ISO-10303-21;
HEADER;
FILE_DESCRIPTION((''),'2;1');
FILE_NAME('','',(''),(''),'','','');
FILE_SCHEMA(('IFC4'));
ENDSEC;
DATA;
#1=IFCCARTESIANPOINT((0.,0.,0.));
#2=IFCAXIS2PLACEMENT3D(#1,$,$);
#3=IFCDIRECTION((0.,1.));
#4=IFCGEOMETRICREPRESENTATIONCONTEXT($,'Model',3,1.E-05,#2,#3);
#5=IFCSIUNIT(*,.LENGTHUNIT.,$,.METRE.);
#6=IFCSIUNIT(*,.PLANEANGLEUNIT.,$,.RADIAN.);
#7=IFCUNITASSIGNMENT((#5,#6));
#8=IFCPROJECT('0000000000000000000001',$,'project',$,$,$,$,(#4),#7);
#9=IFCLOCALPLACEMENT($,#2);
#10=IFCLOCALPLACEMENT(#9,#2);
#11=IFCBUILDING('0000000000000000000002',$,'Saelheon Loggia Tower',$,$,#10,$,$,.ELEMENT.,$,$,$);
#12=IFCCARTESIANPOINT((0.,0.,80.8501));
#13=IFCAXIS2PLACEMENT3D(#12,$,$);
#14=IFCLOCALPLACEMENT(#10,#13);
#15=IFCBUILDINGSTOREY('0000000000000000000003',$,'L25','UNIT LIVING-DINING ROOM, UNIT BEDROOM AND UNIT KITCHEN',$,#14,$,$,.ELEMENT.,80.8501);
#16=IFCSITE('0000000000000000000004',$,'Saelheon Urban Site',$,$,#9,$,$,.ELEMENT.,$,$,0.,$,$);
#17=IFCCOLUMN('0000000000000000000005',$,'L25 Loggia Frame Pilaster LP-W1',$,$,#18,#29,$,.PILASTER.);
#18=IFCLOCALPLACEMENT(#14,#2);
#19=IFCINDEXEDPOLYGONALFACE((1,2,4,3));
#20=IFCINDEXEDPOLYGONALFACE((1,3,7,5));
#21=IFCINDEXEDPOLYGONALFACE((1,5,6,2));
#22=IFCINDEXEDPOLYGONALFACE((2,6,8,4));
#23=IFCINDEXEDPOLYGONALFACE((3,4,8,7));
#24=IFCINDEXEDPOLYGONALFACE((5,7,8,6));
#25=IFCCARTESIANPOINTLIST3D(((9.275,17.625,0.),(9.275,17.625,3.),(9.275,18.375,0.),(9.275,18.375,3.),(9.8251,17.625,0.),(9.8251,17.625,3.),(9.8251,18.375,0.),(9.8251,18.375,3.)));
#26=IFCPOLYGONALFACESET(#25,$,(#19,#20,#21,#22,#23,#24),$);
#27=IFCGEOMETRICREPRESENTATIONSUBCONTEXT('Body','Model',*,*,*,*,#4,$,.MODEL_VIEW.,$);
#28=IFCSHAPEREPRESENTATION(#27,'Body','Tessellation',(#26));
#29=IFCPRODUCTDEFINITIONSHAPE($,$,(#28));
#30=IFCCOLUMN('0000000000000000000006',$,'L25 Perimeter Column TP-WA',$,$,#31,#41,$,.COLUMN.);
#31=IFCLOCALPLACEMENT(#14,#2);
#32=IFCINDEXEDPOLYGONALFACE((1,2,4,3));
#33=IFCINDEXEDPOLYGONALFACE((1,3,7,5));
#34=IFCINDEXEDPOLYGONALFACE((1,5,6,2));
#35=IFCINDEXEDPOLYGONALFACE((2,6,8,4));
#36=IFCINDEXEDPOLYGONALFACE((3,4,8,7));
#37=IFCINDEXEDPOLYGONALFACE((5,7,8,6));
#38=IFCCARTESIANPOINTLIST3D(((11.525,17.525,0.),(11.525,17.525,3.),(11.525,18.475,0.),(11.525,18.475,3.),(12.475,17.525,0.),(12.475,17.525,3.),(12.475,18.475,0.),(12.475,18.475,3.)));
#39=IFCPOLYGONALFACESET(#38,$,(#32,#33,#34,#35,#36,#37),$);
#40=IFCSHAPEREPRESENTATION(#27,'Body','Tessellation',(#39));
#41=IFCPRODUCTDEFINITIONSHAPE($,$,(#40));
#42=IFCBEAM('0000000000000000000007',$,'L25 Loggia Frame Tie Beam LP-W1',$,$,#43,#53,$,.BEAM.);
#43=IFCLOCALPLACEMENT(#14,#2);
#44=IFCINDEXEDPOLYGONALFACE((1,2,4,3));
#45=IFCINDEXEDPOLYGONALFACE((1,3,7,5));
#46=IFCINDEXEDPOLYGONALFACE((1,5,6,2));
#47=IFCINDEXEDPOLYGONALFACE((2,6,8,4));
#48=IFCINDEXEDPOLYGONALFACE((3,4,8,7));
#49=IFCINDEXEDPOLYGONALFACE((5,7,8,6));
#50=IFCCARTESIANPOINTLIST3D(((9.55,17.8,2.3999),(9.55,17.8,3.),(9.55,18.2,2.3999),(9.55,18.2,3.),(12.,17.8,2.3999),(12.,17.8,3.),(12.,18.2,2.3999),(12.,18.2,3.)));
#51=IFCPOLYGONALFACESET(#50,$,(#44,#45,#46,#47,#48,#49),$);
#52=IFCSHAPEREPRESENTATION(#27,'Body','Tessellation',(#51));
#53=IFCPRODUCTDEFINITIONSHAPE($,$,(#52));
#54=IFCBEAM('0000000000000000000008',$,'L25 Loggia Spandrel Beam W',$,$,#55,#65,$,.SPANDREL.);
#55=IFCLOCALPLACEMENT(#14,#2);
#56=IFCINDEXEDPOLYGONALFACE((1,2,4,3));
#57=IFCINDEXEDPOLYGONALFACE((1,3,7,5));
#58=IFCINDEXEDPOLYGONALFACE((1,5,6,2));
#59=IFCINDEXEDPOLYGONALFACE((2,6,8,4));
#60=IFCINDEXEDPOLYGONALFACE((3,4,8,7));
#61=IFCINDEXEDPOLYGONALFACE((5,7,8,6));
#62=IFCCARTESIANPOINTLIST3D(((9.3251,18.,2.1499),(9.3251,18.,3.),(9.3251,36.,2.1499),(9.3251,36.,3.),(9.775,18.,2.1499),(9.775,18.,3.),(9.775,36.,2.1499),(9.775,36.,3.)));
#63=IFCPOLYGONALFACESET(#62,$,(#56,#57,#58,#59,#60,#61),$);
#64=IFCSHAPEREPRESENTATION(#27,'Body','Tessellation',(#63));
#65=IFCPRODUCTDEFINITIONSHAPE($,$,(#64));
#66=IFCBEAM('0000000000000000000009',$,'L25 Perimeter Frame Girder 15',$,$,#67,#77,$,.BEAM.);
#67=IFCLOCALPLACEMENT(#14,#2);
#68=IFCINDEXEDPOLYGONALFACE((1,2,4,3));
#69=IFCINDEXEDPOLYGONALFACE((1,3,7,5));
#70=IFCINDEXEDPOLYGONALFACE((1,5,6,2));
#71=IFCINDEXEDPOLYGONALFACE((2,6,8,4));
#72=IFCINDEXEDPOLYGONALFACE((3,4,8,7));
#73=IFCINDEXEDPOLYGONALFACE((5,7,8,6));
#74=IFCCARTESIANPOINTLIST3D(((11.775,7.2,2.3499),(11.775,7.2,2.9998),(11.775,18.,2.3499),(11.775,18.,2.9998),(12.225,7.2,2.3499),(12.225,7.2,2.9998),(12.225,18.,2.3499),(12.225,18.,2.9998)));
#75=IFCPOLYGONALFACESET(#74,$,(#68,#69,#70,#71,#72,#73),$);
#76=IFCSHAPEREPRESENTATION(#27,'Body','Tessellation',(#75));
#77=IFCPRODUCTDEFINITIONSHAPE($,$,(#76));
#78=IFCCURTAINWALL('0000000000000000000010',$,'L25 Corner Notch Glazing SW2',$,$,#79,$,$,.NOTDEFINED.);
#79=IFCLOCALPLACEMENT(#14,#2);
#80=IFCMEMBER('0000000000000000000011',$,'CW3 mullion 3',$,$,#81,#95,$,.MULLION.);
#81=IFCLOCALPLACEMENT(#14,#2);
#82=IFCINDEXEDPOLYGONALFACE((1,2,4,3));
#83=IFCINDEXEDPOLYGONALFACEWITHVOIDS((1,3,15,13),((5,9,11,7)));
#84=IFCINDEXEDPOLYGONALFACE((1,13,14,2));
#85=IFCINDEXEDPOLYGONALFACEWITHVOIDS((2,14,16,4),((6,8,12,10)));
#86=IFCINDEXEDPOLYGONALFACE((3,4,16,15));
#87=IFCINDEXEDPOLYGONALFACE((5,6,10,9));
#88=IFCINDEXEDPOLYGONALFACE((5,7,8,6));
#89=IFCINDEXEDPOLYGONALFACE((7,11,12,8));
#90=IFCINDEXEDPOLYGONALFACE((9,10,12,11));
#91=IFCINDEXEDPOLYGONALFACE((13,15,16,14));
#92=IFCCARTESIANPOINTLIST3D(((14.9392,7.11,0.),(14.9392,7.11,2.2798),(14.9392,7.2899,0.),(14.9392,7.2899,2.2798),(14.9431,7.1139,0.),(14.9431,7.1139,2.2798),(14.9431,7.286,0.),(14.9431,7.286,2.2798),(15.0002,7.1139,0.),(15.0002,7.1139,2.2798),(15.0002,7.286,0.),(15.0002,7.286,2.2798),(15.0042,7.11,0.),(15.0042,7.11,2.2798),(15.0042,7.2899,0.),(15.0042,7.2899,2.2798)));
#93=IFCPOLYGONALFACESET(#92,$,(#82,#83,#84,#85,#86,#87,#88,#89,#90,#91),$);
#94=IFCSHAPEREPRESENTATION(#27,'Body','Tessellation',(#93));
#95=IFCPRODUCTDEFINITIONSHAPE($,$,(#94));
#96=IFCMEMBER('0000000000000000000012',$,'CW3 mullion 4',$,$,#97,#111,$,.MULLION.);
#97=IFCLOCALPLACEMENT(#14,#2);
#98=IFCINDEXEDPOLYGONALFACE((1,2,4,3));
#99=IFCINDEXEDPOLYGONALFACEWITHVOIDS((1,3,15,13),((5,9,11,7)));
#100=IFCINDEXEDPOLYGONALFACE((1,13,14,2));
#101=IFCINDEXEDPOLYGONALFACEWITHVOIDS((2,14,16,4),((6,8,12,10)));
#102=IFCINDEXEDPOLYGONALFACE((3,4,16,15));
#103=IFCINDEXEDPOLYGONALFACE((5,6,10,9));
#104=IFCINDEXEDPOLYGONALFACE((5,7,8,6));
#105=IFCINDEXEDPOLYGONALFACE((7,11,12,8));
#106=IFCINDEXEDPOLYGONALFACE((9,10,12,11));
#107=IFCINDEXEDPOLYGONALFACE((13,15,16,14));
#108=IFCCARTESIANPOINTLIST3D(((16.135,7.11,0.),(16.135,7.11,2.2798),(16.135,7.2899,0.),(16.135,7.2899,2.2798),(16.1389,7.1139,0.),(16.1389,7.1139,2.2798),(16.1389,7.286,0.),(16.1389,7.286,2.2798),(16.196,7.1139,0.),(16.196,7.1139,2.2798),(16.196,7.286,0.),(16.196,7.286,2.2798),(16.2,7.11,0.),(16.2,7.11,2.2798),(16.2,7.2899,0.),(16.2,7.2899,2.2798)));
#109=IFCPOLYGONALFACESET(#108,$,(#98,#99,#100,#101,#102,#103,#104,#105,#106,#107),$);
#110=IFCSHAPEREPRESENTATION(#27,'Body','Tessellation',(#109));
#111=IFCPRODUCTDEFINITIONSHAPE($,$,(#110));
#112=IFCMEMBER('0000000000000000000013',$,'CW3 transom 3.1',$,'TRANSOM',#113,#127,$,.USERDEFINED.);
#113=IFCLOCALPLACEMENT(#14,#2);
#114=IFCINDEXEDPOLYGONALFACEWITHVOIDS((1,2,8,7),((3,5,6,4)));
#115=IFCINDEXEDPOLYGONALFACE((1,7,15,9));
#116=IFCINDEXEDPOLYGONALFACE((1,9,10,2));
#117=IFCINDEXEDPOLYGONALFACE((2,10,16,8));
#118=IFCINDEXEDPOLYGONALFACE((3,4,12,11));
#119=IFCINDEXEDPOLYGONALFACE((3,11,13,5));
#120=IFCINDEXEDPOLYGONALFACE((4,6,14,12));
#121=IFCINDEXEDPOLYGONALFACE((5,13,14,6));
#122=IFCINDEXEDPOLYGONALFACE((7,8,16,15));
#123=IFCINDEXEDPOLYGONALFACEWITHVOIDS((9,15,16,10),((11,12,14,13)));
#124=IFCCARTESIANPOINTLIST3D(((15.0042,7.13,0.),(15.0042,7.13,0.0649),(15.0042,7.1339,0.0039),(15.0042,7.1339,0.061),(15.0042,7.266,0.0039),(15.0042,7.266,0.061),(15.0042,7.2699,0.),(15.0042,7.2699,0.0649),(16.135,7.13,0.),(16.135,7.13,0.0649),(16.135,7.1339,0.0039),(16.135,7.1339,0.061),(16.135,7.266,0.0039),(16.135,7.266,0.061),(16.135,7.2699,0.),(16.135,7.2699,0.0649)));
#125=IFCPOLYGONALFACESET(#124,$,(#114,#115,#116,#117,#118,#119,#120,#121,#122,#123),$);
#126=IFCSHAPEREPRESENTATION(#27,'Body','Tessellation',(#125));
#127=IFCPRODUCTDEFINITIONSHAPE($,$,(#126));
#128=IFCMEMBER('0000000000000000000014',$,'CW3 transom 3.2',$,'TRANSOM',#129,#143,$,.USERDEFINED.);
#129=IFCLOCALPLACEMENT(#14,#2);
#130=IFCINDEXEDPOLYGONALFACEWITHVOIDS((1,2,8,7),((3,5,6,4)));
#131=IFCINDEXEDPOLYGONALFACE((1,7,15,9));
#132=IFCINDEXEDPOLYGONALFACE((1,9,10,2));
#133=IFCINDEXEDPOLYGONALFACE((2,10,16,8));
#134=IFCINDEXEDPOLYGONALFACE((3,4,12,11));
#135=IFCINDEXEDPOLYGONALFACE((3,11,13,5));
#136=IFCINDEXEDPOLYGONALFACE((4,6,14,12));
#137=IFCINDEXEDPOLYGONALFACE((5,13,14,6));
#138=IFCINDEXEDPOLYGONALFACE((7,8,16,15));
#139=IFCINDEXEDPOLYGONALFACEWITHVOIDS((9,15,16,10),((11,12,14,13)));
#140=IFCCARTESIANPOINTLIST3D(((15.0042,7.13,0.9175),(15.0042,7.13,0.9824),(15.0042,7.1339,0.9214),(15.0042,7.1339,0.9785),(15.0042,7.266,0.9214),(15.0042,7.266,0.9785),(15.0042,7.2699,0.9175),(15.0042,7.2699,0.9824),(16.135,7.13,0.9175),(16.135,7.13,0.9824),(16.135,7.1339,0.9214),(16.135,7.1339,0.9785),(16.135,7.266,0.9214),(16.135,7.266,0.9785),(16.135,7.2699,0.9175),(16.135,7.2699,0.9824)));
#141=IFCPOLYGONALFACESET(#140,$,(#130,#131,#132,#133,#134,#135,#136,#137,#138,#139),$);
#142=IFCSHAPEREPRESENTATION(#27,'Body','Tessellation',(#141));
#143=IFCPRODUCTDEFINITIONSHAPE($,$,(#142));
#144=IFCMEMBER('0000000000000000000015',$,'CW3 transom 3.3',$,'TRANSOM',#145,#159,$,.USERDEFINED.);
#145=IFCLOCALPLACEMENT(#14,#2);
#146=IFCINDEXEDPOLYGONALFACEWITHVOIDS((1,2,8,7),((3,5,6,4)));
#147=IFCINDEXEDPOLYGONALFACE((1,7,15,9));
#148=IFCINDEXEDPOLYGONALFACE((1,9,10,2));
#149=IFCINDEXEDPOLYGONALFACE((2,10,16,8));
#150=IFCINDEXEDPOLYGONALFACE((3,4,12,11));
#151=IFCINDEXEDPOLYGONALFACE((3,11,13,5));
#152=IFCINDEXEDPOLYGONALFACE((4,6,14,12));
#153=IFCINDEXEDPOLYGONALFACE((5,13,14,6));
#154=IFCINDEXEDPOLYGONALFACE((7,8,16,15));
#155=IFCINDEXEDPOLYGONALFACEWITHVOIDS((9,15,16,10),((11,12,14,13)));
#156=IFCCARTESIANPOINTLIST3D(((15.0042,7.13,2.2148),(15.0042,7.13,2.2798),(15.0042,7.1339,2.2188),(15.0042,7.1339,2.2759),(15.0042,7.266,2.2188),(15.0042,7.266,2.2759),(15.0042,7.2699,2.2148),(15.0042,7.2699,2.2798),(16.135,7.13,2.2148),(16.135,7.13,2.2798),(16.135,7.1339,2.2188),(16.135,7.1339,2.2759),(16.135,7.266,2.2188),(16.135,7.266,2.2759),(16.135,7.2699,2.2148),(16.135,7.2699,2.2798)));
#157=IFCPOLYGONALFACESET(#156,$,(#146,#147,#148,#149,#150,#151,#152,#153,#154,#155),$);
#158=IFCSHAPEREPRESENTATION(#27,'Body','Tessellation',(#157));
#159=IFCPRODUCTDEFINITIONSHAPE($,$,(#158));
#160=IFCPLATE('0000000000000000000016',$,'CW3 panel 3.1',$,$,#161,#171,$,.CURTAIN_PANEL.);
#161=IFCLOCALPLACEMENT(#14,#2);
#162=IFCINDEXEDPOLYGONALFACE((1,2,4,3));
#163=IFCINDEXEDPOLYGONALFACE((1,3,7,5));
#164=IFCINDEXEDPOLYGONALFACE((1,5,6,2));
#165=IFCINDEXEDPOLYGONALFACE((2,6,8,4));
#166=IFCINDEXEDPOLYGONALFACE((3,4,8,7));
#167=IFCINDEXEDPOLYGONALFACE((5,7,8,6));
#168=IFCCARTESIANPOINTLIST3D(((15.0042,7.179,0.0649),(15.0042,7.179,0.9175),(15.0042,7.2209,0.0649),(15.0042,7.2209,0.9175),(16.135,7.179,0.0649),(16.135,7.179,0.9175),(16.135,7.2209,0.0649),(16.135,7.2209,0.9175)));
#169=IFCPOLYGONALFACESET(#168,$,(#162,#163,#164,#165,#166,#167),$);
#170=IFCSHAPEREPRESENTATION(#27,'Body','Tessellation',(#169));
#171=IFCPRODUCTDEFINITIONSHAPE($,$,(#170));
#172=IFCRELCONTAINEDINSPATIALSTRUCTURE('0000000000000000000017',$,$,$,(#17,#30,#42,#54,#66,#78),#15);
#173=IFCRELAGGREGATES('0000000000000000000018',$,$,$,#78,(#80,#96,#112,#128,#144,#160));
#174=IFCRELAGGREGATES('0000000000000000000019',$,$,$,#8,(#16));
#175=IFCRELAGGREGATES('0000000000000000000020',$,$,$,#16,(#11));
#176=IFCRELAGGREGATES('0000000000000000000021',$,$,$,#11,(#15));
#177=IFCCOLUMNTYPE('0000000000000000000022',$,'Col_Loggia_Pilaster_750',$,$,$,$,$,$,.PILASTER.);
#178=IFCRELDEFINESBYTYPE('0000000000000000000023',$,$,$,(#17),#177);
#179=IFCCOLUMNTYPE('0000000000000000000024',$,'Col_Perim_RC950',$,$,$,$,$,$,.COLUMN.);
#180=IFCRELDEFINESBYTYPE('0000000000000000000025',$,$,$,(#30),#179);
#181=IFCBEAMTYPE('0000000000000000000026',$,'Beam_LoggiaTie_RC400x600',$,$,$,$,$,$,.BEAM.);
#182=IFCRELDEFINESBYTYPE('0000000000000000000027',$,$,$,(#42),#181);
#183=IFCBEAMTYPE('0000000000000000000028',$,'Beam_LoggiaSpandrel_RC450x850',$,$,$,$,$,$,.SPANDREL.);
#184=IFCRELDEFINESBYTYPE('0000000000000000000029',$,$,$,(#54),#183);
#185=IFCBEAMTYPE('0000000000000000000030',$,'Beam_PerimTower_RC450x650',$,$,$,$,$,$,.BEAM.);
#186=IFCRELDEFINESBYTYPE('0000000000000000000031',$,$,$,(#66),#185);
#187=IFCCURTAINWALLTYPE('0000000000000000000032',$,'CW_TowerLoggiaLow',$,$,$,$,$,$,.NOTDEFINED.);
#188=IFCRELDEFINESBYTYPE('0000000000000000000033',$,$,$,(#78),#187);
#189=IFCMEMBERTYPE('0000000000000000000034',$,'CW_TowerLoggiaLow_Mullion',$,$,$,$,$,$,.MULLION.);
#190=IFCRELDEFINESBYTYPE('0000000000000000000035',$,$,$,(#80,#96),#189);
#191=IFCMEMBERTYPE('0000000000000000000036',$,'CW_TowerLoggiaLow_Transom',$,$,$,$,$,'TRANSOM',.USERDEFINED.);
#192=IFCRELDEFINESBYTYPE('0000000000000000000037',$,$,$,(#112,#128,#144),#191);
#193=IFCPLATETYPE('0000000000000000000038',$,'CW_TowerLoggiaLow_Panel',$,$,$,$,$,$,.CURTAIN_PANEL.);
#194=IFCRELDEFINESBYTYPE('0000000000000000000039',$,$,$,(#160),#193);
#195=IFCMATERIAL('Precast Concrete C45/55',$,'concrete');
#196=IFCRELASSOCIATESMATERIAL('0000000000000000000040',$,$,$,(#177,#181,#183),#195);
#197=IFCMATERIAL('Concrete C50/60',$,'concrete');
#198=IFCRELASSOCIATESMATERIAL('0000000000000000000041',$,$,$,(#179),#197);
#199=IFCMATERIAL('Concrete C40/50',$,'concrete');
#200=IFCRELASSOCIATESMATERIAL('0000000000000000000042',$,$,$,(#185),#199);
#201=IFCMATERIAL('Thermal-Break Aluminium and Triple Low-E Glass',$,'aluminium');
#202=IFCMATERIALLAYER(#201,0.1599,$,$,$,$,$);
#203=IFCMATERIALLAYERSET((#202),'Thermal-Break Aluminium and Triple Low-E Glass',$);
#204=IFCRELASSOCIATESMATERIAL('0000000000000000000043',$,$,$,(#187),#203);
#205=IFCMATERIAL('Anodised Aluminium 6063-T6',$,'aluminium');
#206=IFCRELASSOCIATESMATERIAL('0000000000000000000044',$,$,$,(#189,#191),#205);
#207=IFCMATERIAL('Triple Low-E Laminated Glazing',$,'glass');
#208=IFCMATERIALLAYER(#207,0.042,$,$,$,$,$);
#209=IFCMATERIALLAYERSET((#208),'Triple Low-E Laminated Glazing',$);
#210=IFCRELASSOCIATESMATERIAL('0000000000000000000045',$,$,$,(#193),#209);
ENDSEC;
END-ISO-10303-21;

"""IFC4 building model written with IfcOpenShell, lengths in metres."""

from ifc_helpers import new_model, si_unit, direction, frame, origin, origin_2d, place, context, subcontext, project, spatial, rectangle, hollow_rectangle, extrude, source, transform, mapped, material, layer, layer_set, material_profile, profile_set, type_object, element, aggregate, save


model = new_model("IFC4")

# Units and contexts
model_context = context("Model", 3, precision=1e-05, world=origin(), true_north=direction((0.0, 1.0)))
body_context = subcontext(model_context, "Body", "Model", "MODEL_VIEW")
ifc_project = project(units=[si_unit("LENGTHUNIT", "METRE"), si_unit("PLANEANGLEUNIT", "RADIAN")], contexts=[model_context])

# Site, building, storey
site_placement = place(None, origin())
site = spatial("IfcSite", under=ifc_project, at=site_placement, Name="Saelheon Urban Site", CompositionType="ELEMENT", RefElevation=0.0)
building_placement = place(site_placement, origin())
building = spatial("IfcBuilding", under=site, at=building_placement, Name="Saelheon Loggia Tower", CompositionType="ELEMENT")
storey_placement = place(building_placement, frame((0.0, 0.0, 80.8501)))
storey = spatial("IfcBuildingStorey", under=building, at=storey_placement, Name="L25", Description="UNIT LIVING-DINING ROOM, UNIT BEDROOM AND UNIT KITCHEN", CompositionType="ELEMENT", Elevation=80.8501)

# Columns
ifc_material_1 = material(Name="Precast Concrete C45/55", Category="concrete")
ifc_material_profile_1 = material_profile(ifc_material_1, rectangle(XDim=0.55, YDim=0.75, at=origin_2d()), Name="RC-550x750")
ifc_profile_set_1 = profile_set([ifc_material_profile_1], Name="Precast Concrete C45/55")
column_type_1 = type_object("IfcColumnType", Name="Col_Loggia_Pilaster_750", PredefinedType="PILASTER", material=ifc_profile_set_1)
shared_shape_1 = source(origin(), body_context, "Body", "SweptSolid", [
    extrude(rectangle(XDim=0.55, YDim=0.75, at=origin_2d()), origin(), (0.0, 0.0, 1.0), 3.0),
])
column_1_placement = place(storey_placement, frame((9.55, 18.0, 0.0), z_axis=(0.0, 0.0, 1.0), x_axis=(1.0, 0.0, 0.0)))
element("IfcColumn", 1, at=column_1_placement, inside=storey, type_object=column_type_1, Name="L25 Loggia Frame Pilaster LP-W1", PredefinedType="PILASTER", context=body_context, shape_type="MappedRepresentation", body=[
    mapped(shared_shape_1, transform((0.0, 0.0, 0.0), scale=1.0)),
])
ifc_material_2 = material(Name="Concrete C50/60", Category="concrete")
ifc_material_profile_2 = material_profile(ifc_material_2, rectangle(XDim=0.95, YDim=0.95, at=origin_2d()), Name="RC-950x950")
ifc_profile_set_2 = profile_set([ifc_material_profile_2], Name="Concrete C50/60")
column_type_2 = type_object("IfcColumnType", Name="Col_Perim_RC950", PredefinedType="COLUMN", material=ifc_profile_set_2)
shared_shape_2 = source(origin(), body_context, "Body", "SweptSolid", [
    extrude(rectangle(XDim=0.95, YDim=0.95, at=origin_2d()), origin(), (0.0, 0.0, 1.0), 3.0),
])
column_2_placement = place(storey_placement, frame((12.0, 18.0, 0.0), z_axis=(0.0, 0.0, 1.0), x_axis=(1.0, 0.0, 0.0)))
element("IfcColumn", 2, at=column_2_placement, inside=storey, type_object=column_type_2, Name="L25 Perimeter Column TP-WA", PredefinedType="COLUMN", context=body_context, shape_type="MappedRepresentation", body=[
    mapped(shared_shape_2, transform((0.0, 0.0, 0.0), scale=1.0)),
])

# Beams
ifc_material_profile_3 = material_profile(ifc_material_1, rectangle(XDim=0.3999, YDim=0.6001, at=origin_2d()), Name="RC-400x600")
ifc_profile_set_3 = profile_set([ifc_material_profile_3], Name="Precast Concrete C45/55")
beam_type_1 = type_object("IfcBeamType", Name="Beam_LoggiaTie_RC400x600", PredefinedType="BEAM", material=ifc_profile_set_3)
shared_shape_3 = source(origin(), body_context, "Body", "SweptSolid", [
    extrude(rectangle(XDim=0.3999, YDim=0.6001, at=origin_2d()), origin(), (0.0, 0.0, 1.0), 2.45),
])
beam_1_placement = place(storey_placement, frame((12.0, 18.0, 2.7), z_axis=(-1.0, 0.0, 0.0), x_axis=(0.0, -1.0, 0.0)))
element("IfcBeam", 3, at=beam_1_placement, inside=storey, type_object=beam_type_1, Name="L25 Loggia Frame Tie Beam LP-W1", PredefinedType="BEAM", context=body_context, shape_type="MappedRepresentation", body=[
    mapped(shared_shape_3, transform((0.0, 0.0, 0.0), scale=1.0)),
])
ifc_material_profile_4 = material_profile(ifc_material_1, rectangle(XDim=0.45, YDim=0.8501, at=origin_2d()), Name="RC-450x850")
ifc_profile_set_4 = profile_set([ifc_material_profile_4], Name="Precast Concrete C45/55")
beam_type_2 = type_object("IfcBeamType", Name="Beam_LoggiaSpandrel_RC450x850", PredefinedType="SPANDREL", material=ifc_profile_set_4)
shared_shape_4 = source(origin(), body_context, "Body", "SweptSolid", [
    extrude(rectangle(XDim=0.45, YDim=0.8501, at=origin_2d()), origin(), (0.0, 0.0, 1.0), 18.0),
])
beam_2_placement = place(storey_placement, frame((9.55, 18.0, 2.575), z_axis=(0.0, 1.0, 0.0), x_axis=(-1.0, 0.0, 0.0)))
element("IfcBeam", 4, at=beam_2_placement, inside=storey, type_object=beam_type_2, Name="L25 Loggia Spandrel Beam W", PredefinedType="SPANDREL", context=body_context, shape_type="MappedRepresentation", body=[
    mapped(shared_shape_4, transform((0.0, 0.0, 0.0), scale=1.0)),
])
ifc_material_3 = material(Name="Concrete C40/50", Category="concrete")
ifc_material_profile_5 = material_profile(ifc_material_3, rectangle(XDim=0.45, YDim=0.6499, at=origin_2d()), Name="RC-450x650")
ifc_profile_set_5 = profile_set([ifc_material_profile_5], Name="Concrete C40/50")
beam_type_3 = type_object("IfcBeamType", Name="Beam_PerimTower_RC450x650", PredefinedType="BEAM", material=ifc_profile_set_5)
shared_shape_5 = source(origin(), body_context, "Body", "SweptSolid", [
    extrude(rectangle(XDim=0.45, YDim=0.6499, at=origin_2d()), origin(), (0.0, 0.0, 1.0), 10.8),
])
beam_3_placement = place(storey_placement, frame((12.0, 18.0, 2.6748), z_axis=(0.0, -1.0, 0.0), x_axis=(1.0, 0.0, 0.0)))
element("IfcBeam", 5, at=beam_3_placement, inside=storey, type_object=beam_type_3, Name="L25 Perimeter Frame Girder 15", PredefinedType="BEAM", context=body_context, shape_type="MappedRepresentation", body=[
    mapped(shared_shape_5, transform((0.0, 0.0, 0.0), scale=1.0)),
])

# Curtain wall, members, plate
ifc_material_4 = material(Name="Thermal-Break Aluminium and Triple Low-E Glass", Category="aluminium")
ifc_layer_1 = layer(ifc_material_4, 0.1599)
ifc_layer_set_1 = layer_set([ifc_layer_1], Name="Thermal-Break Aluminium and Triple Low-E Glass")
curtain_wall_type = type_object("IfcCurtainWallType", Name="CW_TowerLoggiaLow", PredefinedType="NOTDEFINED", material=ifc_layer_set_1)
curtain_wall_placement = place(storey_placement, origin())
curtain_wall = element("IfcCurtainWall", 6, at=curtain_wall_placement, inside=storey, type_object=curtain_wall_type, Name="L25 Corner Notch Glazing SW2", PredefinedType="NOTDEFINED")
ifc_material_5 = material(Name="Anodised Aluminium 6063-T6", Category="aluminium")
ifc_material_profile_6 = material_profile(ifc_material_5, hollow_rectangle(XDim=0.0649, YDim=0.1799, WallThickness=0.0039, at=origin_2d()), Name="RHS-180x65x4")
ifc_profile_set_6 = profile_set([ifc_material_profile_6], Name="Anodised Aluminium 6063-T6")
member_type_1 = type_object("IfcMemberType", Name="CW_TowerLoggiaLow_Mullion", PredefinedType="MULLION", material=ifc_profile_set_6)
shared_shape_6 = source(origin(), body_context, "Body", "SweptSolid", [
    extrude(hollow_rectangle(XDim=0.0649, YDim=0.1799, WallThickness=0.0039, at=origin_2d()), origin(), (0.0, 0.0, 1.0), 2.2798),
])
member_1_placement = place(storey_placement, frame((14.9717, 7.2, 0.0), z_axis=(0.0, 0.0, 1.0), x_axis=(1.0, 0.0, 0.0)))
member_1 = element("IfcMember", 7, at=member_1_placement, type_object=member_type_1, Name="CW3 mullion 3", PredefinedType="MULLION", context=body_context, shape_type="MappedRepresentation", body=[
    mapped(shared_shape_6, transform((0.0, 0.0, 0.0), scale=1.0)),
])
member_2_placement = place(storey_placement, frame((16.1675, 7.2, 0.0), z_axis=(0.0, 0.0, 1.0), x_axis=(1.0, 0.0, 0.0)))
member_2 = element("IfcMember", 8, at=member_2_placement, type_object=member_type_1, Name="CW3 mullion 4", PredefinedType="MULLION", context=body_context, shape_type="MappedRepresentation", body=[
    mapped(shared_shape_6, transform((0.0, 0.0, 0.0), scale=1.0)),
])
ifc_material_profile_7 = material_profile(ifc_material_5, hollow_rectangle(XDim=0.0649, YDim=0.1399, WallThickness=0.0039, at=origin_2d()), Name="RHS-140x65x4")
ifc_profile_set_7 = profile_set([ifc_material_profile_7], Name="Anodised Aluminium 6063-T6")
member_type_2 = type_object("IfcMemberType", Name="CW_TowerLoggiaLow_Transom", ElementType="TRANSOM", PredefinedType="USERDEFINED", material=ifc_profile_set_7)
shared_shape_7 = source(origin(), body_context, "Body", "SweptSolid", [
    extrude(hollow_rectangle(XDim=0.0649, YDim=0.1399, WallThickness=0.0039, at=origin_2d()), origin(), (0.0, 0.0, 1.0), 1.1309),
])
member_3_placement = place(storey_placement, frame((15.0042, 7.2, 0.0325), z_axis=(1.0, 0.0, 0.0), x_axis=(0.0, 0.0, 1.0)))
member_3 = element("IfcMember", 9, at=member_3_placement, type_object=member_type_2, Name="CW3 transom 3.1", ObjectType="TRANSOM", PredefinedType="USERDEFINED", context=body_context, shape_type="MappedRepresentation", body=[
    mapped(shared_shape_7, transform((0.0, 0.0, 0.0), scale=1.0)),
])
member_4_placement = place(storey_placement, frame((15.0042, 7.2, 0.95), z_axis=(1.0, 0.0, 0.0), x_axis=(0.0, 0.0, 1.0)))
member_4 = element("IfcMember", 10, at=member_4_placement, type_object=member_type_2, Name="CW3 transom 3.2", ObjectType="TRANSOM", PredefinedType="USERDEFINED", context=body_context, shape_type="MappedRepresentation", body=[
    mapped(shared_shape_7, transform((0.0, 0.0, 0.0), scale=1.0)),
])
member_5_placement = place(storey_placement, frame((15.0042, 7.2, 2.2473), z_axis=(1.0, 0.0, 0.0), x_axis=(0.0, 0.0, 1.0)))
member_5 = element("IfcMember", 11, at=member_5_placement, type_object=member_type_2, Name="CW3 transom 3.3", ObjectType="TRANSOM", PredefinedType="USERDEFINED", context=body_context, shape_type="MappedRepresentation", body=[
    mapped(shared_shape_7, transform((0.0, 0.0, 0.0), scale=1.0)),
])
ifc_material_6 = material(Name="Triple Low-E Laminated Glazing", Category="glass")
ifc_layer_2 = layer(ifc_material_6, 0.042)
ifc_layer_set_2 = layer_set([ifc_layer_2], Name="Triple Low-E Laminated Glazing")
plate_type = type_object("IfcPlateType", Name="CW_TowerLoggiaLow_Panel", PredefinedType="CURTAIN_PANEL", material=ifc_layer_set_2)
shared_shape_8 = source(origin(), body_context, "Body", "SweptSolid", [
    extrude(rectangle(XDim=1.1309, YDim=0.042, at=origin_2d()), origin(), (0.0, 0.0, 1.0), 0.8525),
])
plate_1_placement = place(storey_placement, frame((15.5696, 7.2, 0.0649), z_axis=(0.0, 0.0, 1.0), x_axis=(1.0, 0.0, 0.0)))
plate_1 = element("IfcPlate", 12, at=plate_1_placement, type_object=plate_type, Name="CW3 panel 3.1", PredefinedType="CURTAIN_PANEL", context=body_context, shape_type="MappedRepresentation", body=[
    mapped(shared_shape_8, transform((0.0, 0.0, 0.0), scale=1.0)),
])
aggregate(curtain_wall, [member_1, member_2, member_3, member_4, member_5, plate_1])

save(model, "model.ifc")
